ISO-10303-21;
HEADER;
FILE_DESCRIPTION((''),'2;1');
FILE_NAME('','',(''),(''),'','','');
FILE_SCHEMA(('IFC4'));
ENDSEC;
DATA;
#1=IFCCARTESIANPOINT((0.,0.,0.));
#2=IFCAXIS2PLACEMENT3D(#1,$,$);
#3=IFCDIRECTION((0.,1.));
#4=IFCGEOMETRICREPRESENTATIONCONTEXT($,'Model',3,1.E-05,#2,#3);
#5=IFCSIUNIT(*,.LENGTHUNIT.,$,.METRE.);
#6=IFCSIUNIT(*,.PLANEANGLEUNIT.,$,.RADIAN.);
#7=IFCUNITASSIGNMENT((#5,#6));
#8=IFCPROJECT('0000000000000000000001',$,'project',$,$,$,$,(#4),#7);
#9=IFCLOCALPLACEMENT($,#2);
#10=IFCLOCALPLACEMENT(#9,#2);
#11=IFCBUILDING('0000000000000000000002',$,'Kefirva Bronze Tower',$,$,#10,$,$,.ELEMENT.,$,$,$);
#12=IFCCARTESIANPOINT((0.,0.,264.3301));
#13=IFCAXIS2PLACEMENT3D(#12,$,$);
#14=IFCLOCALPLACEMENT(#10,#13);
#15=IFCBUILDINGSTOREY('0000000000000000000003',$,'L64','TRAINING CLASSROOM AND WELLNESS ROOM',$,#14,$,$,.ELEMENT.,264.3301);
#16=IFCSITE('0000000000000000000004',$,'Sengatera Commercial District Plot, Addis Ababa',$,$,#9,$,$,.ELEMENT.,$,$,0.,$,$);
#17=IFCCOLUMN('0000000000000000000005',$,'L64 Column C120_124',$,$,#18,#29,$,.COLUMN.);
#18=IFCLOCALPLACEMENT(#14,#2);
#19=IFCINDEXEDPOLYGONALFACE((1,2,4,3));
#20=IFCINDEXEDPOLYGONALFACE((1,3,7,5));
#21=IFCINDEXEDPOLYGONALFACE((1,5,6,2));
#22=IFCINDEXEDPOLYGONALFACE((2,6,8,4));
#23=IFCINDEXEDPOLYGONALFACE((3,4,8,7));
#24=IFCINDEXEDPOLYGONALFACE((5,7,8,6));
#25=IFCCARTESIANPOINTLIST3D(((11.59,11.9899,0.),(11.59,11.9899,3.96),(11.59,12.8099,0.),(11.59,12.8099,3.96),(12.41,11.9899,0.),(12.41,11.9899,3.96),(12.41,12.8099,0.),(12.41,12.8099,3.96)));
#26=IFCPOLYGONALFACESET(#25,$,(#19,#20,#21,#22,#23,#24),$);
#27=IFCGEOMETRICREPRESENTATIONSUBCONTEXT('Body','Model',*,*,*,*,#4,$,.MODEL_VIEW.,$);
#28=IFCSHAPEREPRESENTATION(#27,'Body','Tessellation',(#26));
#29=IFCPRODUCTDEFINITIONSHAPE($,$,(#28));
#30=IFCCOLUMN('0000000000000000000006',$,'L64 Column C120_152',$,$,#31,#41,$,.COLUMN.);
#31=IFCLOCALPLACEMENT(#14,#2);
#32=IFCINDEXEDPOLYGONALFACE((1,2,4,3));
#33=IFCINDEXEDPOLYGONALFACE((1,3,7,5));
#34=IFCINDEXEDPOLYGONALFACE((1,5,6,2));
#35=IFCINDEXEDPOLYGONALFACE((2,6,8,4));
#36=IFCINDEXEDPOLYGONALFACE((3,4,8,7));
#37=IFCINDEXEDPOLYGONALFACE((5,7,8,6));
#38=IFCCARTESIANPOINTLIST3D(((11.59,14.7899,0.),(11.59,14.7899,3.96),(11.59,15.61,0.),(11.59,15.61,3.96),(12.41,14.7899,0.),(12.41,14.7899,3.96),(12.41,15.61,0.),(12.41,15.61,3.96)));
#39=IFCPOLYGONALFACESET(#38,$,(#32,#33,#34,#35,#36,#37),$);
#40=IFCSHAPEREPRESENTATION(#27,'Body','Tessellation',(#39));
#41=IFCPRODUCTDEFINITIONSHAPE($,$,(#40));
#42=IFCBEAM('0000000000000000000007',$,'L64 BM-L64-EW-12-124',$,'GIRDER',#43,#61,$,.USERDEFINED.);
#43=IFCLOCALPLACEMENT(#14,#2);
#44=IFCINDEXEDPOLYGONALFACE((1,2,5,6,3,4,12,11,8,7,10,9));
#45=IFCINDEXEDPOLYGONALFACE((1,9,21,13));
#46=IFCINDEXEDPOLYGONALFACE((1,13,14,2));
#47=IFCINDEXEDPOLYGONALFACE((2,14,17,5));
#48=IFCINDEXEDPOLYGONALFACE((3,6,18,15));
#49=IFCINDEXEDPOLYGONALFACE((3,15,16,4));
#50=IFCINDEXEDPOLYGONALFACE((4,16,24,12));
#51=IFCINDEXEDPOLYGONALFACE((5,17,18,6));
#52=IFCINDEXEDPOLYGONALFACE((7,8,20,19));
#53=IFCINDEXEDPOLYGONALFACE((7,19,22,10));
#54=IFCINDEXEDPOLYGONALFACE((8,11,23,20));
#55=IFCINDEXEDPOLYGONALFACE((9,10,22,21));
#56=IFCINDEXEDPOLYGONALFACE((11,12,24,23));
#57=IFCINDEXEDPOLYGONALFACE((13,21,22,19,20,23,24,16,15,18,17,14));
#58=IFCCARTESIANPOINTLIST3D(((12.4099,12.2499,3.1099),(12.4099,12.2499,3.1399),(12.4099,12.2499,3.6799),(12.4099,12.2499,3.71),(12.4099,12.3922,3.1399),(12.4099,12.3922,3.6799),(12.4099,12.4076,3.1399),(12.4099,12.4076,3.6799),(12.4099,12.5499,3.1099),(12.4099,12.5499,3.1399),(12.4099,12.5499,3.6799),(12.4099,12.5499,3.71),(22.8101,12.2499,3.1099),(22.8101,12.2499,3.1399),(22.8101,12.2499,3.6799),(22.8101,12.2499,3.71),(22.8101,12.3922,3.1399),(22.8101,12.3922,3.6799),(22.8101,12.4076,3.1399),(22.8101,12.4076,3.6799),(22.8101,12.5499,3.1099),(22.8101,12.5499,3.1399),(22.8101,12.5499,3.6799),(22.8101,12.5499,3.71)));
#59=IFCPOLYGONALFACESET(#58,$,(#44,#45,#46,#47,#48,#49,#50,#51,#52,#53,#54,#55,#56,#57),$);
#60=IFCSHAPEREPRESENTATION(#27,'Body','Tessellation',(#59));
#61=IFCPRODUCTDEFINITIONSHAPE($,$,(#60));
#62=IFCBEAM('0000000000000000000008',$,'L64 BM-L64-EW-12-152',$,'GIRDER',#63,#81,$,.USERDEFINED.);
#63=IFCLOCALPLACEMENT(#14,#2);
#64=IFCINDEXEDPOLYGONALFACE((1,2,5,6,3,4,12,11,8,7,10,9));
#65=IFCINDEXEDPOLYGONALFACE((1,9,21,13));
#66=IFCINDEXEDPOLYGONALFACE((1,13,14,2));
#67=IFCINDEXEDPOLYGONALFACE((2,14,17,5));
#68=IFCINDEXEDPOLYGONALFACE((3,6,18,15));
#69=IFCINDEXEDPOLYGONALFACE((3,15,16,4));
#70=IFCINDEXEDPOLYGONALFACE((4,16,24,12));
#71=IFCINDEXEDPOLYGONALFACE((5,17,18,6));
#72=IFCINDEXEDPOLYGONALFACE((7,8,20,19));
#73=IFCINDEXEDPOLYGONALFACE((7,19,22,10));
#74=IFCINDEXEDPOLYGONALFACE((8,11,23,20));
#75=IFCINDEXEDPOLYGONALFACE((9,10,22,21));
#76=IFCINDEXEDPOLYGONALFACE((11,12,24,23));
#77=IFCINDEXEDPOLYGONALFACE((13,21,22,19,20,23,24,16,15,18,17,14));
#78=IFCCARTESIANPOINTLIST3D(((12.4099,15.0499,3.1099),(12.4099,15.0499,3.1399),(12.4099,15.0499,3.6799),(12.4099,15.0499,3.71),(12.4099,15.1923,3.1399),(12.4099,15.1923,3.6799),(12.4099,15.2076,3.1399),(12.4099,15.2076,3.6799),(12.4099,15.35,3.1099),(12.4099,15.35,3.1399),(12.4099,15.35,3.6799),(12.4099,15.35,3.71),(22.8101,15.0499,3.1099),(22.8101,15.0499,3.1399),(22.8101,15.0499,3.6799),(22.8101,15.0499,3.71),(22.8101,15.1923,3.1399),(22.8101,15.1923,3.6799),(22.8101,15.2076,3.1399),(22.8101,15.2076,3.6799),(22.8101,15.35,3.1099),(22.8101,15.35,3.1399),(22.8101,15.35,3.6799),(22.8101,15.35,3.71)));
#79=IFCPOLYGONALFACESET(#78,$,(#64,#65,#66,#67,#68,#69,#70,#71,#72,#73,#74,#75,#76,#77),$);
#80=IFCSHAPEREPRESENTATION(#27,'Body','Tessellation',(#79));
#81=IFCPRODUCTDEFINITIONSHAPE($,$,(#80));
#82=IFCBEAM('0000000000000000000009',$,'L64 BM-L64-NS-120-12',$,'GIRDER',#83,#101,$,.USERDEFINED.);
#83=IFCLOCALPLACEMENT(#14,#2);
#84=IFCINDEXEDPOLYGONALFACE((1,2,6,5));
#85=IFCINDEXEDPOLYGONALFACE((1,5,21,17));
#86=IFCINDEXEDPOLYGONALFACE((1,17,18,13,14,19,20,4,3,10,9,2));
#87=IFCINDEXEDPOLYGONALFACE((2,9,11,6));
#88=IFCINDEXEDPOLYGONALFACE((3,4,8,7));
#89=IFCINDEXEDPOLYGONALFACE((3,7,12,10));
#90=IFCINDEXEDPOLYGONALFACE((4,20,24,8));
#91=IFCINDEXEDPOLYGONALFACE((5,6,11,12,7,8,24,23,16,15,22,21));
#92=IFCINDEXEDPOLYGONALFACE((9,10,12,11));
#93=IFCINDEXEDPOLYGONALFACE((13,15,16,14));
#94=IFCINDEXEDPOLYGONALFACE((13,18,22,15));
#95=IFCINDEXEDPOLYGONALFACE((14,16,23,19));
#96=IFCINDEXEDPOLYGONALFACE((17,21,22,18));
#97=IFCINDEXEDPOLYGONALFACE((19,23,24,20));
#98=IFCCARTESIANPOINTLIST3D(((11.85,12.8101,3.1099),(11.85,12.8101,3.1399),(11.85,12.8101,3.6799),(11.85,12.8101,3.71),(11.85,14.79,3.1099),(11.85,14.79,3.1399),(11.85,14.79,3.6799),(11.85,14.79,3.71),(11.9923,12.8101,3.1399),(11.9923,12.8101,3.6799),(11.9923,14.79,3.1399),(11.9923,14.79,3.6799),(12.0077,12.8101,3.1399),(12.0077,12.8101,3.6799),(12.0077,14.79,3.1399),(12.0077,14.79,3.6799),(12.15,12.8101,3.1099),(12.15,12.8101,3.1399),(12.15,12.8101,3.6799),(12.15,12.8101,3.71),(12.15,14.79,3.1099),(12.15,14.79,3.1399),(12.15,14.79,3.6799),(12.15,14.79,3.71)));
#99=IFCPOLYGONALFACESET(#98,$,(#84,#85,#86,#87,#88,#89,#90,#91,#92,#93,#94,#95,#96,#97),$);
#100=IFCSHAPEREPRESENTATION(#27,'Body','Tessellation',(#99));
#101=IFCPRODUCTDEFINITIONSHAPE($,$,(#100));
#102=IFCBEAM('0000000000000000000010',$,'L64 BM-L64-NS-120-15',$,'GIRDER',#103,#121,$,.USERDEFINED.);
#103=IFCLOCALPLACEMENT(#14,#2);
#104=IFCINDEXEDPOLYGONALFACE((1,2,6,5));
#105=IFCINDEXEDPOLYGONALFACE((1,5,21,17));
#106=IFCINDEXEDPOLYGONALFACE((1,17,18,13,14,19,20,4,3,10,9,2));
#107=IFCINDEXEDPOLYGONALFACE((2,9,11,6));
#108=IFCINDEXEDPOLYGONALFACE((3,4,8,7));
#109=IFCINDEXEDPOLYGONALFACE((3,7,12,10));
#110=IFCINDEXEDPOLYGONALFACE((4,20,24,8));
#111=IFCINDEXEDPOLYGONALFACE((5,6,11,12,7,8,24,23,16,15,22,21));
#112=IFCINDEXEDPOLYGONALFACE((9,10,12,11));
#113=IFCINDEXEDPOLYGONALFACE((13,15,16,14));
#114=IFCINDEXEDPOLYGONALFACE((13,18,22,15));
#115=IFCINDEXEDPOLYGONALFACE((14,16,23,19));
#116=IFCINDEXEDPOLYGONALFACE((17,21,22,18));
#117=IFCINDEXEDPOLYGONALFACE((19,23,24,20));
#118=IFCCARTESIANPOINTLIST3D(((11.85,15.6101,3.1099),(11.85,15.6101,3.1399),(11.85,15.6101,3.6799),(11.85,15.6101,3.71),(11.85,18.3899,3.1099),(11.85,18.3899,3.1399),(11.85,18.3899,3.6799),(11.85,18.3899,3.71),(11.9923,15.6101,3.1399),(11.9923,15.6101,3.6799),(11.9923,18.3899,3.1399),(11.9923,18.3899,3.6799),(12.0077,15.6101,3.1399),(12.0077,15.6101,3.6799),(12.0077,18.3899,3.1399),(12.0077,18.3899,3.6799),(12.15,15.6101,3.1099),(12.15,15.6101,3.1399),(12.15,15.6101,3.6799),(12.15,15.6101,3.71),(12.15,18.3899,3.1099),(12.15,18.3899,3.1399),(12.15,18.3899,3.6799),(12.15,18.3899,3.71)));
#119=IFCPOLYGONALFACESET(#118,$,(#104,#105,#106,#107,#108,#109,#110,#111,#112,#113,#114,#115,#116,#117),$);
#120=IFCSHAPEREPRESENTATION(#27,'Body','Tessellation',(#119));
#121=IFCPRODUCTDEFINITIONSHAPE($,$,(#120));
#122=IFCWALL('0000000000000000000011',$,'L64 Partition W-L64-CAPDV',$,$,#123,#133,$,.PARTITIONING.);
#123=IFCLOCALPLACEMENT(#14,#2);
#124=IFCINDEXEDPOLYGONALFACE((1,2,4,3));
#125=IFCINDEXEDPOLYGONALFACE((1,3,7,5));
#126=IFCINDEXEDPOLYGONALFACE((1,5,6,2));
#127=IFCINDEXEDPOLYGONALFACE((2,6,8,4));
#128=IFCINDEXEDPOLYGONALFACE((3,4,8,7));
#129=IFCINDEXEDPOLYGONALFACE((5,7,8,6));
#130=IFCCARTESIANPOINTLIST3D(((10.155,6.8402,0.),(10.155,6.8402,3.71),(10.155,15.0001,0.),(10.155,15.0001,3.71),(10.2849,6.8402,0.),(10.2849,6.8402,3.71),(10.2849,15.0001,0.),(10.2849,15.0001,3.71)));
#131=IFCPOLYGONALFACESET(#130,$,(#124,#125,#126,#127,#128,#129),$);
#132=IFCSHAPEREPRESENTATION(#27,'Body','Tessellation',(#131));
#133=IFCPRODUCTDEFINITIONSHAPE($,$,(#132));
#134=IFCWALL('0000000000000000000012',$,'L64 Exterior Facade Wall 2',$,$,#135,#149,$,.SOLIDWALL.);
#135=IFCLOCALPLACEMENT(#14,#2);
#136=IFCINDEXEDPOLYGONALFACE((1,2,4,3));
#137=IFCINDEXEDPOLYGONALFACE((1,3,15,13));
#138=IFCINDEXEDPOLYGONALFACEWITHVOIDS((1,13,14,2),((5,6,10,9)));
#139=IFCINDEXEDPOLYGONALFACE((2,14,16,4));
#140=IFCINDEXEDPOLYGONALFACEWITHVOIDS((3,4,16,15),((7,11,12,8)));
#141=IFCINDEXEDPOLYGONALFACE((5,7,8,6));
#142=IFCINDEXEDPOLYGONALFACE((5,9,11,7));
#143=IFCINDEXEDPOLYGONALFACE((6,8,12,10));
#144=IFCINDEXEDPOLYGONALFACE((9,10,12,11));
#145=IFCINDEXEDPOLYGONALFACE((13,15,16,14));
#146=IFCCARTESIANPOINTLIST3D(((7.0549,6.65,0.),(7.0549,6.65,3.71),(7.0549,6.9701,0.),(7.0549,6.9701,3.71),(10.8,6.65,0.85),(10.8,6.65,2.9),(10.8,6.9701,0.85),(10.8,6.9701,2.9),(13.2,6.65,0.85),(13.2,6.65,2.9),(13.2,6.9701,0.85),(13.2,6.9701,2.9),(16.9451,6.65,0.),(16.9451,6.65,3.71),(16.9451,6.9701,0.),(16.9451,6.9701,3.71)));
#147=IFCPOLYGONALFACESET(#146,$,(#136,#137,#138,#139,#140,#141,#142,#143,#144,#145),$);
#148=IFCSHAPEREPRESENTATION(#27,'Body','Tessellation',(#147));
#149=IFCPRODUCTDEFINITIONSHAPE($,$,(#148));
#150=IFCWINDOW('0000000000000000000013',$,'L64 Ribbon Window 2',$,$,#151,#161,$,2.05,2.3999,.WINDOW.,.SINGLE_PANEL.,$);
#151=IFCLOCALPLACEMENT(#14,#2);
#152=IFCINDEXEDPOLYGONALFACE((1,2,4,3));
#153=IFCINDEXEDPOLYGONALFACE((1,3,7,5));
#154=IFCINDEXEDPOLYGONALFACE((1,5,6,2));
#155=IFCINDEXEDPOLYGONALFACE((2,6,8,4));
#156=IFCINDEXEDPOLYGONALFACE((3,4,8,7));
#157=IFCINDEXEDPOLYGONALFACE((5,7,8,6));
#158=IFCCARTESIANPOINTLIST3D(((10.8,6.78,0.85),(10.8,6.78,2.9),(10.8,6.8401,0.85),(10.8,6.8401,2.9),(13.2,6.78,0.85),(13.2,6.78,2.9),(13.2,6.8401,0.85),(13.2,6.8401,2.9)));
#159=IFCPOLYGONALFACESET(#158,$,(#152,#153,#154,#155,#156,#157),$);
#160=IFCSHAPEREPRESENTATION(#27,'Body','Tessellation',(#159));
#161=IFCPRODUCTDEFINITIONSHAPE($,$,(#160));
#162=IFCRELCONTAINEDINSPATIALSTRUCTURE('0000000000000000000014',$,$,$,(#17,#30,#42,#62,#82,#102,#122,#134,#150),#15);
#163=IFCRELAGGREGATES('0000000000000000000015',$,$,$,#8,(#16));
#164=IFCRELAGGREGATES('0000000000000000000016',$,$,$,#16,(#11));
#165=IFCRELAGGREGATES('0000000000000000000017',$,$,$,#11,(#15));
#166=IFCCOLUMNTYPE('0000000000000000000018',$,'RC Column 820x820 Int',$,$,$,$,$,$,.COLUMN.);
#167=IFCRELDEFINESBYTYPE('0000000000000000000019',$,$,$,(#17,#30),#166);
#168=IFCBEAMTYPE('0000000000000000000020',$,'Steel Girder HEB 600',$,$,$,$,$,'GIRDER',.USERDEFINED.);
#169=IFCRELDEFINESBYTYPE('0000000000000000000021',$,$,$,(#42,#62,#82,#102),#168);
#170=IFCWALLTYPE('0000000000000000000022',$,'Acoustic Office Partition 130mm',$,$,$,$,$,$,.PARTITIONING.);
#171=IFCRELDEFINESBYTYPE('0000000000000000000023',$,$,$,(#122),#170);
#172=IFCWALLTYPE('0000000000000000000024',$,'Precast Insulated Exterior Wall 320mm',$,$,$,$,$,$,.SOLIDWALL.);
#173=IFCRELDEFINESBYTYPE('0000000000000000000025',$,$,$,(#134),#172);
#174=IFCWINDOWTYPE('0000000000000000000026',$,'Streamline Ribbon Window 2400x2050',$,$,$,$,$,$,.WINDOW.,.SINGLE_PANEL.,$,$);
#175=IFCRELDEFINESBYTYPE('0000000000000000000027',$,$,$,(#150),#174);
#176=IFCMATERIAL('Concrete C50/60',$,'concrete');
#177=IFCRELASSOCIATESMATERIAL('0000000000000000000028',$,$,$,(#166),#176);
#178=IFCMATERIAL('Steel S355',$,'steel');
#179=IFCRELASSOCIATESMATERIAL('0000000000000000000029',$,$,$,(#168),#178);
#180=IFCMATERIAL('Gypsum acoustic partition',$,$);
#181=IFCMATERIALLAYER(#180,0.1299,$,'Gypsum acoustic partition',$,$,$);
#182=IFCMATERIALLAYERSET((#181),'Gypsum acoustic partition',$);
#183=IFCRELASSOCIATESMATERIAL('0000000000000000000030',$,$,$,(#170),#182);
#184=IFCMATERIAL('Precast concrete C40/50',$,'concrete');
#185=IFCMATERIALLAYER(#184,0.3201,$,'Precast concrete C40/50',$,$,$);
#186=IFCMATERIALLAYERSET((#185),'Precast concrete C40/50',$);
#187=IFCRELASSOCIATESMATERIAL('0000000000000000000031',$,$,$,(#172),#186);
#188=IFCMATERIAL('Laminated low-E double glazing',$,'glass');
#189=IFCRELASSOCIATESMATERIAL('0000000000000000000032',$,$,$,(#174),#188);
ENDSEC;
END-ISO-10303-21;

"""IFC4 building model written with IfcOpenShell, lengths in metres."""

from ifc_helpers import new_model, si_unit, direction, frame, frame_2d, origin, origin_2d, place, context, subcontext, project, spatial, rectangle, i_section, extrude, material, layer, layer_set, material_profile, profile_set, type_object, element, fill, save


model = new_model("IFC4")

# Units and contexts
model_context = context("Model", 3, precision=1e-05, world=origin(), true_north=direction((0.0, 1.0)))
body_context = subcontext(model_context, "Body", "Model", "MODEL_VIEW")
ifc_project = project(units=[si_unit("LENGTHUNIT", "METRE"), si_unit("PLANEANGLEUNIT", "RADIAN")], contexts=[model_context])

# Site, building, storey
site_placement = place(None, origin())
site = spatial("IfcSite", under=ifc_project, at=site_placement, Name="Sengatera Commercial District Plot, Addis Ababa", CompositionType="ELEMENT", RefElevation=0.0)
building_placement = place(site_placement, origin())
building = spatial("IfcBuilding", under=site, at=building_placement, Name="Kefirva Bronze Tower", CompositionType="ELEMENT")
storey_placement = place(building_placement, frame((0.0, 0.0, 264.3301)))
storey = spatial("IfcBuildingStorey", under=building, at=storey_placement, Name="L64", Description="TRAINING CLASSROOM AND WELLNESS ROOM", CompositionType="ELEMENT", Elevation=264.3301)

# Columns
ifc_material_1 = material(Name="Concrete C50/60", Category="concrete")
ifc_material_profile_1 = material_profile(ifc_material_1, rectangle(XDim=0.8201, YDim=0.8201, at=origin_2d()), Name="RC 820x820")
ifc_profile_set_1 = profile_set([ifc_material_profile_1], Name="Concrete C50/60")
column_type = type_object("IfcColumnType", Name="RC Column 820x820 Int", PredefinedType="COLUMN", material=ifc_profile_set_1)
for number, where, z_axis, x_axis, name in (
    (1, (12.0, 12.3999, 0.0), (0.0, 0.0, 1.0), (1.0, 0.0, 0.0), "L64 Column C120_124"),
    (2, (12.0, 15.2, 0.0), (0.0, 0.0, 1.0), (1.0, 0.0, 0.0), "L64 Column C120_152"),
):
    element("IfcColumn", number, at=place(storey_placement, frame(where, z_axis=z_axis, x_axis=x_axis)), inside=storey, type_object=column_type, Name=name, PredefinedType="COLUMN", context=body_context, shape_type="SweptSolid", body=[
        extrude(rectangle(XDim=0.8201, YDim=0.8201, at=origin_2d()), origin(), (0.0, 0.0, 1.0), 3.96),
    ])

# Beams
ifc_material_2 = material(Name="Steel S355", Category="steel")
ifc_material_profile_2 = material_profile(ifc_material_2, i_section(OverallWidth=0.3, OverallDepth=0.6001, WebThickness=0.0154, FlangeThickness=0.03, at=origin_2d()), Name="HEB 600")
ifc_profile_set_2 = profile_set([ifc_material_profile_2], Name="Steel S355")
beam_type = type_object("IfcBeamType", Name="Steel Girder HEB 600", ElementType="GIRDER", PredefinedType="USERDEFINED", material=ifc_profile_set_2)
for number, where, z_axis, x_axis, name in (
    (3, (12.4099, 12.3999, 3.4099), (1.0, 0.0, 0.0), (0.0, 1.0, 0.0), "L64 BM-L64-EW-12-124"),
    (4, (12.4099, 15.2, 3.4099), (1.0, 0.0, 0.0), (0.0, 1.0, 0.0), "L64 BM-L64-EW-12-152"),
):
    element("IfcBeam", number, at=place(storey_placement, frame(where, z_axis=z_axis, x_axis=x_axis)), inside=storey, type_object=beam_type, Name=name, ObjectType="GIRDER", PredefinedType="USERDEFINED", context=body_context, shape_type="SweptSolid", body=[
        extrude(i_section(OverallWidth=0.3, OverallDepth=0.6001, WebThickness=0.0154, FlangeThickness=0.03, at=origin_2d()), origin(), (0.0, 0.0, 1.0), 10.4001),
    ])
beam_1_placement = place(storey_placement, frame((12.0, 12.8101, 3.4099), z_axis=(0.0, 1.0, 0.0), x_axis=(-1.0, 0.0, 0.0)))
element("IfcBeam", 5, at=beam_1_placement, inside=storey, type_object=beam_type, Name="L64 BM-L64-NS-120-12", ObjectType="GIRDER", PredefinedType="USERDEFINED", context=body_context, shape_type="SweptSolid", body=[
    extrude(i_section(OverallWidth=0.3, OverallDepth=0.6001, WebThickness=0.0154, FlangeThickness=0.03, at=origin_2d()), origin(), (0.0, 0.0, 1.0), 1.98),
])
beam_2_placement = place(storey_placement, frame((12.0, 15.6101, 3.4099), z_axis=(0.0, 1.0, 0.0), x_axis=(-1.0, 0.0, 0.0)))
element("IfcBeam", 6, at=beam_2_placement, inside=storey, type_object=beam_type, Name="L64 BM-L64-NS-120-15", ObjectType="GIRDER", PredefinedType="USERDEFINED", context=body_context, shape_type="SweptSolid", body=[
    extrude(i_section(OverallWidth=0.3, OverallDepth=0.6001, WebThickness=0.0154, FlangeThickness=0.03, at=origin_2d()), origin(), (0.0, 0.0, 1.0), 2.7798),
])

# Wall
ifc_material_3 = material(Name="Gypsum acoustic partition")
ifc_layer_1 = layer(ifc_material_3, 0.1299, Name="Gypsum acoustic partition")
ifc_layer_set_1 = layer_set([ifc_layer_1], Name="Gypsum acoustic partition")
wall_type_1 = type_object("IfcWallType", Name="Acoustic Office Partition 130mm", PredefinedType="PARTITIONING", material=ifc_layer_set_1)
wall_1_placement = place(storey_placement, frame((10.22, 6.8401, 0.0), z_axis=(0.0, 0.0, 1.0), x_axis=(0.0, 1.0, 0.0)))
element("IfcWall", 7, at=wall_1_placement, inside=storey, type_object=wall_type_1, Name="L64 Partition W-L64-CAPDV", PredefinedType="PARTITIONING", context=body_context, shape_type="SweptSolid", body=[
    extrude(rectangle(XDim=8.1599, YDim=0.1299, at=frame_2d((4.0801, 0.0))), origin(), (0.0, 0.0, 1.0), 3.71),
])

# Wall, opening, window
ifc_material_4 = material(Name="Precast concrete C40/50", Category="concrete")
ifc_layer_2 = layer(ifc_material_4, 0.3201, Name="Precast concrete C40/50")
ifc_layer_set_2 = layer_set([ifc_layer_2], Name="Precast concrete C40/50")
wall_type_2 = type_object("IfcWallType", Name="Precast Insulated Exterior Wall 320mm", PredefinedType="SOLIDWALL", material=ifc_layer_set_2)
wall_2_placement = place(storey_placement, frame((7.0549, 6.8101, 0.0), z_axis=(0.0, 0.0, 1.0), x_axis=(1.0, 0.0, 0.0)))
wall_2 = element("IfcWall", 8, at=wall_2_placement, inside=storey, type_object=wall_type_2, Name="L64 Exterior Facade Wall 2", PredefinedType="SOLIDWALL", context=body_context, shape_type="SweptSolid", body=[
    extrude(rectangle(XDim=9.8901, YDim=0.3201, at=frame_2d((4.9451, 0.0))), origin(), (0.0, 0.0, 1.0), 3.71),
])
opening_1_placement = place(wall_2_placement, frame((3.7451, 0.0, 0.8501)))
opening_1 = element("IfcOpeningElement", 9, at=opening_1_placement, cuts=wall_2, PredefinedType="OPENING", context=body_context, shape_type="SweptSolid", body=[
    extrude(rectangle(XDim=2.3999, YDim=2.05, at=frame_2d((1.2, 1.0249))), frame((0.0, 0.1699, 0.0), z_axis=(0.0, -1.0, 0.0), x_axis=(1.0, 0.0, 0.0)), (0.0, 0.0, 1.0), 0.3401),
])
ifc_material_5 = material(Name="Laminated low-E double glazing", Category="glass")
window_type = type_object("IfcWindowType", Name="Streamline Ribbon Window 2400x2050", PartitioningType="SINGLE_PANEL", PredefinedType="WINDOW", material=ifc_material_5)
window_placement = place(opening_1_placement, origin())
window = element("IfcWindow", 10, at=window_placement, inside=storey, type_object=window_type, Name="L64 Ribbon Window 2", OverallHeight=2.05, OverallWidth=2.3999, PartitioningType="SINGLE_PANEL", PredefinedType="WINDOW", context=body_context, shape_type="SweptSolid", body=[
    extrude(rectangle(XDim=2.3999, YDim=2.05, at=frame_2d((1.2, 1.0249))), frame((0.0, 0.03, 0.0), z_axis=(0.0, -1.0, 0.0), x_axis=(1.0, 0.0, 0.0)), (0.0, 0.0, 1.0), 0.0601),
])
fill(opening_1, window)

save(model, "model.ifc")
